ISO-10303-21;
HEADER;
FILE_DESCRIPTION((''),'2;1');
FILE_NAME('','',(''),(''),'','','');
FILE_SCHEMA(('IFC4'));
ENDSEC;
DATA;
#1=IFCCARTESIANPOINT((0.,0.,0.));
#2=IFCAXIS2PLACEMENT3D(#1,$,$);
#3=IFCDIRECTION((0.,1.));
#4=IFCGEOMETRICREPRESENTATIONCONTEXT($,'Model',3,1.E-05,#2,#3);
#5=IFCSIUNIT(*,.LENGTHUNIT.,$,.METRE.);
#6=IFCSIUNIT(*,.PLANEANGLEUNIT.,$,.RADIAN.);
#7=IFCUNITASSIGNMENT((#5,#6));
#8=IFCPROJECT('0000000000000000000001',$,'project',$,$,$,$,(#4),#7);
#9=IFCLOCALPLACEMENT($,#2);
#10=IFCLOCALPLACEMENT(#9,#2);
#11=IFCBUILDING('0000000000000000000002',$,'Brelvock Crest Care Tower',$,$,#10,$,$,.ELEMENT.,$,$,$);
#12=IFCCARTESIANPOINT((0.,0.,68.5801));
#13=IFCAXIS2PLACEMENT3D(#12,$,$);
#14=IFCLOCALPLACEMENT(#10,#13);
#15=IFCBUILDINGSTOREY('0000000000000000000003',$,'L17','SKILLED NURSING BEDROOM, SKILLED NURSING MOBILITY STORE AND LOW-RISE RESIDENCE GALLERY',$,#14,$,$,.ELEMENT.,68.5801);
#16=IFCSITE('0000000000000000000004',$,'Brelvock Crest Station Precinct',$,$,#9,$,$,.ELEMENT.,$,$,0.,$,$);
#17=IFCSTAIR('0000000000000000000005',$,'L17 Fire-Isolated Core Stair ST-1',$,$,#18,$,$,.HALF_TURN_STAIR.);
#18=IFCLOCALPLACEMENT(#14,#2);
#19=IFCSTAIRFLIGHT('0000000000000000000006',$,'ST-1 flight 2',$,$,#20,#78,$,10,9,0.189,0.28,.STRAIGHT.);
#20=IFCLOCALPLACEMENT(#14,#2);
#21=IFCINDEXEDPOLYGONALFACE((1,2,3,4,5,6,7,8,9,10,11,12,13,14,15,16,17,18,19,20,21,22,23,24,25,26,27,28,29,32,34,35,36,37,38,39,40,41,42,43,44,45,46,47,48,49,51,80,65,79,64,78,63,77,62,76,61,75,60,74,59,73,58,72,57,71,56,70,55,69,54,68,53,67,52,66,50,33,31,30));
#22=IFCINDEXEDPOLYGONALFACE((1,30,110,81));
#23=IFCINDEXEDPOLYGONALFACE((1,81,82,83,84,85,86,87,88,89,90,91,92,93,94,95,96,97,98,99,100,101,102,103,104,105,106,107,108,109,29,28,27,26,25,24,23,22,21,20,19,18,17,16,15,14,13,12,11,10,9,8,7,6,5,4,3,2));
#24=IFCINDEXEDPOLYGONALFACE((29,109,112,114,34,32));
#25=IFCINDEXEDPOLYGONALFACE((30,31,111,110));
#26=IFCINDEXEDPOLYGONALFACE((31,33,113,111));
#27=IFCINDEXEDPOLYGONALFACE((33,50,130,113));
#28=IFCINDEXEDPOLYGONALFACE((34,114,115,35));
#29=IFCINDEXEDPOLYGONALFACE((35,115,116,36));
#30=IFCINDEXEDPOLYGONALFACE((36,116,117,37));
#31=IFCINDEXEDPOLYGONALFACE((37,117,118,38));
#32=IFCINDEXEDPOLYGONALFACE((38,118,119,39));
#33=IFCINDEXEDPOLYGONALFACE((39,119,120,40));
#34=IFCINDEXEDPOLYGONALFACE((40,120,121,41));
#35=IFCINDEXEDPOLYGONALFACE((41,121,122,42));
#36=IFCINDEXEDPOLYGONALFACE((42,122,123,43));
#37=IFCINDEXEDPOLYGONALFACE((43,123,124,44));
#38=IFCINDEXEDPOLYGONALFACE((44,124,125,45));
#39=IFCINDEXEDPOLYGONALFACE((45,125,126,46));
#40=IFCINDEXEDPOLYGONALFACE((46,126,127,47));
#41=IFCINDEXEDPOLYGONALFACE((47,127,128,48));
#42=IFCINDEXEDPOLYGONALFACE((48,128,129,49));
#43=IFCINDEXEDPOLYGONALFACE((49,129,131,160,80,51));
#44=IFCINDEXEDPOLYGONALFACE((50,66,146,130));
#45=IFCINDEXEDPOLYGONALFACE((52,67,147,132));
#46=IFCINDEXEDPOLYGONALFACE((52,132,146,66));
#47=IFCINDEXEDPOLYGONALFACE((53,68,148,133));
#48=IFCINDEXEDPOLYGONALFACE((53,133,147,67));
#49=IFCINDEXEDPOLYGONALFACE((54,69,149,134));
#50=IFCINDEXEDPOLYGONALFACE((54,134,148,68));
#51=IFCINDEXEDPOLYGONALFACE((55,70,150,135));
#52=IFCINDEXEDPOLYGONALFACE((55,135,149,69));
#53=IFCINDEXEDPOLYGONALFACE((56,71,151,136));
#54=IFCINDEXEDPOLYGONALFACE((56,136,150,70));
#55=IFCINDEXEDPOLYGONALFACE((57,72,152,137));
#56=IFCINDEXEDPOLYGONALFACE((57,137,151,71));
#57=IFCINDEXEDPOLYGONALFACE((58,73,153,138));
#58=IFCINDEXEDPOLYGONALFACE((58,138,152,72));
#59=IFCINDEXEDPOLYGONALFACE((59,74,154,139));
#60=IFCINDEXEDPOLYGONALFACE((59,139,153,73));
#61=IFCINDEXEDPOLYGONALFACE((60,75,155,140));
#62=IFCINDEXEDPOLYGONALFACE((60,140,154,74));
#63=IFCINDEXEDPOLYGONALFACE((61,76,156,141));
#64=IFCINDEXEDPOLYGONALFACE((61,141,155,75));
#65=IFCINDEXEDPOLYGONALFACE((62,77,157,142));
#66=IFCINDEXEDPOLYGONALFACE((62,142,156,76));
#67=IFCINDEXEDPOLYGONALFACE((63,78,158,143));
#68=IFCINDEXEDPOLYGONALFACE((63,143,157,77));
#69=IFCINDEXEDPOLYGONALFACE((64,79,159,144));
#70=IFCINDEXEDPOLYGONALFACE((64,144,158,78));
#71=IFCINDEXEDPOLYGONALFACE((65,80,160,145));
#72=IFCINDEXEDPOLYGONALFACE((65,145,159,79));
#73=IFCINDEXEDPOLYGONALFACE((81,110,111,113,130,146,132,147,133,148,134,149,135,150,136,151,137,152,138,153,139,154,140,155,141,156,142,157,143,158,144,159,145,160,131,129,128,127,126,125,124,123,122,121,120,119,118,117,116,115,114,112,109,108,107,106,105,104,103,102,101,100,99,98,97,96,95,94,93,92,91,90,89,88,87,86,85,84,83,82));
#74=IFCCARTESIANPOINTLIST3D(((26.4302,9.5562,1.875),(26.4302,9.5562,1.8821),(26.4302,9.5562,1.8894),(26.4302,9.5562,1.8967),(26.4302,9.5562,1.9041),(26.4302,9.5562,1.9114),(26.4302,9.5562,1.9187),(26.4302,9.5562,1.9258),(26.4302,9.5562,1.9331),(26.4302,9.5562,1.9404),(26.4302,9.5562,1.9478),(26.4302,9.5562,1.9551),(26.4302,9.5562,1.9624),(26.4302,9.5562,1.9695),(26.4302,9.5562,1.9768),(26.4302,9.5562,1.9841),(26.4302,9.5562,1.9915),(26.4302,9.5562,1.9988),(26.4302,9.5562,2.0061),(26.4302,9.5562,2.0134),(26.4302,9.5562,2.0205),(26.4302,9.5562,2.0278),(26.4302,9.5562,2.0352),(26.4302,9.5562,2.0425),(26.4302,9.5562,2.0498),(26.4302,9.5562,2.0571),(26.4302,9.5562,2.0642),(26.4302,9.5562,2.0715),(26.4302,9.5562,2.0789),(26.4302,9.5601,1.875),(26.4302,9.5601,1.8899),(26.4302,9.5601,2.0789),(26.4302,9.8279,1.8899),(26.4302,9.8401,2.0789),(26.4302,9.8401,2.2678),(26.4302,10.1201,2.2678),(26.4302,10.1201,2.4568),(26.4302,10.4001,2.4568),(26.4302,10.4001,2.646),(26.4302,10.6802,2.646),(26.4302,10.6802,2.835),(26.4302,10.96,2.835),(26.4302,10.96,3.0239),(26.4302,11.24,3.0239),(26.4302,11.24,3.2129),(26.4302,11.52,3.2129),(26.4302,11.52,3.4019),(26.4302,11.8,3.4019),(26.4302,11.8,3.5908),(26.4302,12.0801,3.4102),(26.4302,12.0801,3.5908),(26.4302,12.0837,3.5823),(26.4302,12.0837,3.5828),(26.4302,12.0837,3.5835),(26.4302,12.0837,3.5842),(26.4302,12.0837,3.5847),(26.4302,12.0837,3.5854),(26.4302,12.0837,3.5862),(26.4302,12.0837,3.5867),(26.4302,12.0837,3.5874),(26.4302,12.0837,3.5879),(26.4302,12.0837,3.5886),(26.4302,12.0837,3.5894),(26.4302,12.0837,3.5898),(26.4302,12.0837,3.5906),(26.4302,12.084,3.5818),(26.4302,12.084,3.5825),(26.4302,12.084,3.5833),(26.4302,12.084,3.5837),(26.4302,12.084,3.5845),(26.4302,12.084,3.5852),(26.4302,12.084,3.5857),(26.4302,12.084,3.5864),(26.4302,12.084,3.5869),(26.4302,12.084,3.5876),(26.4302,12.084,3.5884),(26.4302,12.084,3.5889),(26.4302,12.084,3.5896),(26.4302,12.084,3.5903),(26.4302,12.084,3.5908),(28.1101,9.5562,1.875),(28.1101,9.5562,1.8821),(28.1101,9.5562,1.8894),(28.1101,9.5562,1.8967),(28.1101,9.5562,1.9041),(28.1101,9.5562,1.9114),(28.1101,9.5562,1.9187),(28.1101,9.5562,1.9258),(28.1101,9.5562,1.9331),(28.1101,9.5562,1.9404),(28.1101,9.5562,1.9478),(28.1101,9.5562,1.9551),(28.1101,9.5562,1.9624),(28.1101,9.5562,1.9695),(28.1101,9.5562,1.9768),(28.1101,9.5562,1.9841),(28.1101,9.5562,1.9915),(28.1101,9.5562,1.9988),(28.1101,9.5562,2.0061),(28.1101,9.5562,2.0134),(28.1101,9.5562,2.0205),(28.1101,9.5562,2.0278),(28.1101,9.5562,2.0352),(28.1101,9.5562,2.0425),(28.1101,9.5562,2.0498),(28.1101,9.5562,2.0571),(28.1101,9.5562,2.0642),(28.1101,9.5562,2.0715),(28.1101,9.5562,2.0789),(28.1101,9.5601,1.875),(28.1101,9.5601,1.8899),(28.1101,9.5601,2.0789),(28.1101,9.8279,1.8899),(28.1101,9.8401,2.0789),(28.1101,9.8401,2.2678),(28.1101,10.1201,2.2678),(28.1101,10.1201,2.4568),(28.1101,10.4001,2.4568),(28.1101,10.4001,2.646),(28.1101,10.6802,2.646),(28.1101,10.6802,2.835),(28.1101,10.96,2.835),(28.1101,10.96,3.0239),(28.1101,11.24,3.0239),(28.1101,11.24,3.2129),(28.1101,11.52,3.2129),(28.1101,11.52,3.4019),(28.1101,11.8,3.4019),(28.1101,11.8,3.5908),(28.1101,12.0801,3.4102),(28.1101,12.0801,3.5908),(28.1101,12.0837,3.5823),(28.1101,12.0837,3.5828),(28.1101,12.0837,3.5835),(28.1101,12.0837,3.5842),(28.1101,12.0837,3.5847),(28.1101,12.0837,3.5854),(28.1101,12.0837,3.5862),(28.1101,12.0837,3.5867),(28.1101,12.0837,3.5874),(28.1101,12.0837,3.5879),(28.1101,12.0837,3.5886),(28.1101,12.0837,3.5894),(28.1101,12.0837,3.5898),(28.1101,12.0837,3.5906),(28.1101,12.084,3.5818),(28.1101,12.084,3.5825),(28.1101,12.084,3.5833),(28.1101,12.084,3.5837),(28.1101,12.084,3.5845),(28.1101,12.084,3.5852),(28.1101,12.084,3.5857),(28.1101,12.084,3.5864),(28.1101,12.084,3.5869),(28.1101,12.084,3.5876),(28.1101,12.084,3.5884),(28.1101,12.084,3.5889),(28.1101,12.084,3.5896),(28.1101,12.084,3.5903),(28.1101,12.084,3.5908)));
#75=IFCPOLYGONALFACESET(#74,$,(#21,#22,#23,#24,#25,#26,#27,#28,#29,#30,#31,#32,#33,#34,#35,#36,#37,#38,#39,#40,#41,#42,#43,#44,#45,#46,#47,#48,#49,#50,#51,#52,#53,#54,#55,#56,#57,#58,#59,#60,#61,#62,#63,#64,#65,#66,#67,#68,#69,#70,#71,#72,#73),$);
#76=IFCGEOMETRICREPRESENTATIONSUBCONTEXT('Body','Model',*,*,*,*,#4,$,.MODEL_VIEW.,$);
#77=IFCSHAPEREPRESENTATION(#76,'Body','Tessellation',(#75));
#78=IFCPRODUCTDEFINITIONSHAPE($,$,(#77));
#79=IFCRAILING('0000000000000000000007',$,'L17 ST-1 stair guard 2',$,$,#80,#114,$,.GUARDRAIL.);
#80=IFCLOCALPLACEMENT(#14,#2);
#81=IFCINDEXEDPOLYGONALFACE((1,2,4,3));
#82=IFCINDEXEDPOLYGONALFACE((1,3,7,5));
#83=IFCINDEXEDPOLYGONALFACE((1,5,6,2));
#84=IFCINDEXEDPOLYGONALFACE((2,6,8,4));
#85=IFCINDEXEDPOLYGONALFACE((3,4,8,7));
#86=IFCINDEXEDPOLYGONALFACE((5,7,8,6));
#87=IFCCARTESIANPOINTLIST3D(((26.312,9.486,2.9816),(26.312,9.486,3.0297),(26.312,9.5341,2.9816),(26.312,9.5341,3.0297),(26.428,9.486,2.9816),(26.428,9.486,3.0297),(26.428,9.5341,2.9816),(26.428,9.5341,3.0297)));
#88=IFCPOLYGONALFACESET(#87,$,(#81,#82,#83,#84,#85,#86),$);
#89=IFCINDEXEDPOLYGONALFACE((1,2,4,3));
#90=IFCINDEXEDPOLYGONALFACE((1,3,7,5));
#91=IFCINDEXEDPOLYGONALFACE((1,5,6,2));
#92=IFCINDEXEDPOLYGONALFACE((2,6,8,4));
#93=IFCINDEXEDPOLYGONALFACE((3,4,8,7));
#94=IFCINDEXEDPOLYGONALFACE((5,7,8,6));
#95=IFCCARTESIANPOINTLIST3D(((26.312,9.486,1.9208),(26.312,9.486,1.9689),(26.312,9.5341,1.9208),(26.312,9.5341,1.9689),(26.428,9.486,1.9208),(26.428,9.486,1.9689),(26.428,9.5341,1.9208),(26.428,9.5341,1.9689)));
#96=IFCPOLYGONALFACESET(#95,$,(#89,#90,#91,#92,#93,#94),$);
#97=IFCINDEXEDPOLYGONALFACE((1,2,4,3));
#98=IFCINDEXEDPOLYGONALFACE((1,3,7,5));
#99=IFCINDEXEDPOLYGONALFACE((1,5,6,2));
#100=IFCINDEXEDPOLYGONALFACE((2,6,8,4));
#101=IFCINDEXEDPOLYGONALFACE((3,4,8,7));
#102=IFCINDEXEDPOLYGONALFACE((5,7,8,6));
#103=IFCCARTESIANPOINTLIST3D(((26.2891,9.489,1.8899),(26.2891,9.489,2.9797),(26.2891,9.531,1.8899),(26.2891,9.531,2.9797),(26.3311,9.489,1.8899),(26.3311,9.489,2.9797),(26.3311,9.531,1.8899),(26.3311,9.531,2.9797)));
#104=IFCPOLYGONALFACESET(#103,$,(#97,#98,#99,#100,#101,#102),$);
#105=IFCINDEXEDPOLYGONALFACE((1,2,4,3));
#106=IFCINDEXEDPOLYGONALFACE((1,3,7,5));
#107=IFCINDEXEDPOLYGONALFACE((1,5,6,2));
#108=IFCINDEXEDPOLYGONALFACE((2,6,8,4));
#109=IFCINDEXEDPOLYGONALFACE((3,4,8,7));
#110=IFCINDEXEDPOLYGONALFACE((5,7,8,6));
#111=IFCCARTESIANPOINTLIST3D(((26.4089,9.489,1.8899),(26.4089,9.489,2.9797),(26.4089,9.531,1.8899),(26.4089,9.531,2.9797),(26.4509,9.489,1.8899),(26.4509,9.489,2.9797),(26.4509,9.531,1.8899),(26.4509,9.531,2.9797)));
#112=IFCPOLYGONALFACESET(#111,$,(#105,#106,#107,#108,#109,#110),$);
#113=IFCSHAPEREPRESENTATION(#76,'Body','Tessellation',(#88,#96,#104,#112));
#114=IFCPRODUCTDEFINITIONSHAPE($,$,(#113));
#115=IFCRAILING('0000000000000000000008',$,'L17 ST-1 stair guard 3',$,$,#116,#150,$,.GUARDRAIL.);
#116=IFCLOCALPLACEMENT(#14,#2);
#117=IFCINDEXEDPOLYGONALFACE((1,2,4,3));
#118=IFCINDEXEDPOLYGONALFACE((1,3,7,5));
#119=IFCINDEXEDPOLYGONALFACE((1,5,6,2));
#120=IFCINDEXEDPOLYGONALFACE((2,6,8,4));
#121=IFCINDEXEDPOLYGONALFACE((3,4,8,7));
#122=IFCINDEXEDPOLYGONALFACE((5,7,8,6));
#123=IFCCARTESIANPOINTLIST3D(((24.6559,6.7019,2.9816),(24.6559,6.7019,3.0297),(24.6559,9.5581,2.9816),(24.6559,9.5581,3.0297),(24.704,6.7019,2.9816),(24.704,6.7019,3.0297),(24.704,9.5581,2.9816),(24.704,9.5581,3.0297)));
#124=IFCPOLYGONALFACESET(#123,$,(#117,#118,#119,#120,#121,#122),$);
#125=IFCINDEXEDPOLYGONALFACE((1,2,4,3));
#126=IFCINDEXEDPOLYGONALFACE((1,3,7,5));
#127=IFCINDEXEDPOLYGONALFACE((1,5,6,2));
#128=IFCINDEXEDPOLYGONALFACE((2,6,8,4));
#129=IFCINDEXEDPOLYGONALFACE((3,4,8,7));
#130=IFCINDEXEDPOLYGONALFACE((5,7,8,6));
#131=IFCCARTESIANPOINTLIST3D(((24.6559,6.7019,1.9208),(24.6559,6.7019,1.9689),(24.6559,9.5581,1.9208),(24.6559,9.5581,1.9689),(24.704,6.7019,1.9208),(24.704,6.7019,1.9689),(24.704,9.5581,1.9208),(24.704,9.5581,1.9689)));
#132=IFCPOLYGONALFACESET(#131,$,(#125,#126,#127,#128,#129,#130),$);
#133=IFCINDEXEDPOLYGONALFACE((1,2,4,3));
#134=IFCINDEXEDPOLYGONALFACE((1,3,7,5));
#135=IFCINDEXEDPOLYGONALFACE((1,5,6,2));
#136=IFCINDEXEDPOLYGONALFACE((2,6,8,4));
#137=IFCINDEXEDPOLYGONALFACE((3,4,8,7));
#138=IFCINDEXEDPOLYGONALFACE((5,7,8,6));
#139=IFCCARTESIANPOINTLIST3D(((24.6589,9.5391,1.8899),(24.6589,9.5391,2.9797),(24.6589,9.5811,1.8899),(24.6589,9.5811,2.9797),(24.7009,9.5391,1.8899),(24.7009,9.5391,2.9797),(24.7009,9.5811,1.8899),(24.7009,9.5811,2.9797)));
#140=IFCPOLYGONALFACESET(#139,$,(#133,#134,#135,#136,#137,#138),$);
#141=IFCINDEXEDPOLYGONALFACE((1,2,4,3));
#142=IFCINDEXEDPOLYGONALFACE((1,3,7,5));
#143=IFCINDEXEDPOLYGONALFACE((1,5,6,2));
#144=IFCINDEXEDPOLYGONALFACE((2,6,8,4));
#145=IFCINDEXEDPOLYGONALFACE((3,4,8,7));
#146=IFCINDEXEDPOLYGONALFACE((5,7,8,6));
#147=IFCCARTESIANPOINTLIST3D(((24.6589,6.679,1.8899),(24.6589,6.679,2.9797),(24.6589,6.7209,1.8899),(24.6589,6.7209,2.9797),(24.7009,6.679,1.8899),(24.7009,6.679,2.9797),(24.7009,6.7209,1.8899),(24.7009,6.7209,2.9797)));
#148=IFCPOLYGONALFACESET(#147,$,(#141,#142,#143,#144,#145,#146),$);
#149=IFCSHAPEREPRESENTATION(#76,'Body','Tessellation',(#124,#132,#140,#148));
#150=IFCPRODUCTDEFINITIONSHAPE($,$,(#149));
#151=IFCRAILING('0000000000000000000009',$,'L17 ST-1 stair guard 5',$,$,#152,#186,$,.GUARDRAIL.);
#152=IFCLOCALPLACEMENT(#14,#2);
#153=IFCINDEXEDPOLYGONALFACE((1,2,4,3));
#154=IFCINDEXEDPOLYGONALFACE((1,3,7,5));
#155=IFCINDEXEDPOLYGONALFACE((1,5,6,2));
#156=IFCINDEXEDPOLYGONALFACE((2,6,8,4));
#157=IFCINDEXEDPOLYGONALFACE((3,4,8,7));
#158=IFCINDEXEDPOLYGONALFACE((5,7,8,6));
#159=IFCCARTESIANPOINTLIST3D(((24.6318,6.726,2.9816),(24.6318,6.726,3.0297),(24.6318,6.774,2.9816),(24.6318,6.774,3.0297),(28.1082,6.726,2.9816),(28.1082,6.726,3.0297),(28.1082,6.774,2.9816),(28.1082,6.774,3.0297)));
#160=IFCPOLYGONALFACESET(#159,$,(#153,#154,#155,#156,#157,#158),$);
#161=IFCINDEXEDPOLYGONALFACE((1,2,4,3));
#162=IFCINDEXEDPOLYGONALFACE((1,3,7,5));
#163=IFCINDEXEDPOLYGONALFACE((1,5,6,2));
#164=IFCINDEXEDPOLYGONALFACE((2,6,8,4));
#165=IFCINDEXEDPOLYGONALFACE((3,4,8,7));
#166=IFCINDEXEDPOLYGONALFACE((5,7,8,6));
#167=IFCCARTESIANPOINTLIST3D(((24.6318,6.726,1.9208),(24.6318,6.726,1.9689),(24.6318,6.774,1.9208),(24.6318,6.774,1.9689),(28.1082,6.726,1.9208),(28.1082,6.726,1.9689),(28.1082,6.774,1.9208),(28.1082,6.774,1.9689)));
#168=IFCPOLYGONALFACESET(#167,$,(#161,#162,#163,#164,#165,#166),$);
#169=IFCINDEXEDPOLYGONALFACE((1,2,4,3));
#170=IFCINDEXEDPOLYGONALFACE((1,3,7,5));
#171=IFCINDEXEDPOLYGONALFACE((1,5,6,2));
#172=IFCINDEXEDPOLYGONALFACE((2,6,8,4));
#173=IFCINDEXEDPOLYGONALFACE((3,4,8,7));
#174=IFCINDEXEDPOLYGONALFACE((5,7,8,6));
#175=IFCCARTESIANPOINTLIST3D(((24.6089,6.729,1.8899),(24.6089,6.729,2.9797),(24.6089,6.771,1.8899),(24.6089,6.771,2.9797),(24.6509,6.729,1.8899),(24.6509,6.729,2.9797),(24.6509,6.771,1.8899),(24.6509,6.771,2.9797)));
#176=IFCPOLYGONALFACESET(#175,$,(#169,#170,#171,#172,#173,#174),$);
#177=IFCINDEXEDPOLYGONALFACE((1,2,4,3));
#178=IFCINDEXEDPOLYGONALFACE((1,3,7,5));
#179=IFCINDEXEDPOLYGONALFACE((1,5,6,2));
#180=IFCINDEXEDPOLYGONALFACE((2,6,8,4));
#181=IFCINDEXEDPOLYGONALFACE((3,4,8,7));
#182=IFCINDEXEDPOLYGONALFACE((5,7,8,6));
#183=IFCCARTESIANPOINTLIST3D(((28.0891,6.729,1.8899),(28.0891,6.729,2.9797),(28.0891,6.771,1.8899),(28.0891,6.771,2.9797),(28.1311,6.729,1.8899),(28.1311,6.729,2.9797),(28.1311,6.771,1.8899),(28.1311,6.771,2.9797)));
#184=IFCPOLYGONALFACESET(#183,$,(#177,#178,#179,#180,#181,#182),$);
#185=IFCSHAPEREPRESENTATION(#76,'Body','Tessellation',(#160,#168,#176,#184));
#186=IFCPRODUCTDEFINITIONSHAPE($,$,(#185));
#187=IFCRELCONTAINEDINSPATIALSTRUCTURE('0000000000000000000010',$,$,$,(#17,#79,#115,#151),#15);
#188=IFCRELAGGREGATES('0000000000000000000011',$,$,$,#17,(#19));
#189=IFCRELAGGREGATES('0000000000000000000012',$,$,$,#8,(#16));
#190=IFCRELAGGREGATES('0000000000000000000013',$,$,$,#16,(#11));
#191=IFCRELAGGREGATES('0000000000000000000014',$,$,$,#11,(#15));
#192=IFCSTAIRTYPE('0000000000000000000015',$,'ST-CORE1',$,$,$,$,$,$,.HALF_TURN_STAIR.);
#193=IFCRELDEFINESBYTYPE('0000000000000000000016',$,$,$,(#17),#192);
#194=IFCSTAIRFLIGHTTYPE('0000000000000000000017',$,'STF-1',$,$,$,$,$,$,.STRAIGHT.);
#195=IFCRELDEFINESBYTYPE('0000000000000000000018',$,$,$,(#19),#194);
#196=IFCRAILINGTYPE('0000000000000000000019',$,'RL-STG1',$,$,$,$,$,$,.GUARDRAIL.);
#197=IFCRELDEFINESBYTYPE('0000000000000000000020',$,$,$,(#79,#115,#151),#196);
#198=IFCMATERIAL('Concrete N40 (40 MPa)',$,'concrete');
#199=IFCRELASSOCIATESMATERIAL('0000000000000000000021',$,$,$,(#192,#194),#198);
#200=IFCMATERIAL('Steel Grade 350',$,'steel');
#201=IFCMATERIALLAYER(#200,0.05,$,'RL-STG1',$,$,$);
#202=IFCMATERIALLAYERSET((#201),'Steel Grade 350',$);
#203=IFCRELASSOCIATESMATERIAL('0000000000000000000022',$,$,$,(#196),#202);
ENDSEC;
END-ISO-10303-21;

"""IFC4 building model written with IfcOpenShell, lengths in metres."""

from ifc_helpers import new_model, si_unit, direction, frame, origin, origin_2d, place, context, subcontext, project, spatial, polyline, rectangle, outline, extrude, material, layer, layer_set, type_object, element, aggregate, save


model = new_model("IFC4")

# Units and contexts
model_context = context("Model", 3, precision=1e-05, world=origin(), true_north=direction((0.0, 1.0)))
body_context = subcontext(model_context, "Body", "Model", "MODEL_VIEW")
ifc_project = project(units=[si_unit("LENGTHUNIT", "METRE"), si_unit("PLANEANGLEUNIT", "RADIAN")], contexts=[model_context])

# Site, building, storey
site_placement = place(None, origin())
site = spatial("IfcSite", under=ifc_project, at=site_placement, Name="Brelvock Crest Station Precinct", CompositionType="ELEMENT", RefElevation=0.0)
building_placement = place(site_placement, origin())
building = spatial("IfcBuilding", under=site, at=building_placement, Name="Brelvock Crest Care Tower", CompositionType="ELEMENT")
storey_placement = place(building_placement, frame((0.0, 0.0, 68.5801)))
storey = spatial("IfcBuildingStorey", under=building, at=storey_placement, Name="L17", Description="SKILLED NURSING BEDROOM, SKILLED NURSING MOBILITY STORE AND LOW-RISE RESIDENCE GALLERY", CompositionType="ELEMENT", Elevation=68.5801)

# Shared definitions
ifc_material_1 = material(Name="Steel Grade 350", Category="steel")

# Stair, stair flight
ifc_material_2 = material(Name="Concrete N40 (40 MPa)", Category="concrete")
stair_type = type_object("IfcStairType", Name="ST-CORE1", PredefinedType="HALF_TURN_STAIR", material=ifc_material_2)
stair_placement = place(storey_placement, origin())
stair = element("IfcStair", 1, at=stair_placement, inside=storey, type_object=stair_type, Name="L17 Fire-Isolated Core Stair ST-1", PredefinedType="HALF_TURN_STAIR")
stair_flight_type = type_object("IfcStairFlightType", Name="STF-1", PredefinedType="STRAIGHT", material=ifc_material_2)
stair_flight_placement = place(storey_placement, frame((27.27, 9.5601, 1.8899), z_axis=(0.0, 0.0, 1.0), x_axis=(0.0, 1.0, 0.0)))
stair_flight = element("IfcStairFlight", 2, at=stair_flight_placement, type_object=stair_flight_type, Name="ST-1 flight 2", NumberOfRisers=10, NumberOfTreads=9, PredefinedType="STRAIGHT", RiserHeight=0.189, TreadLength=0.28, context=body_context, shape_type="SweptSolid", body=[
    extrude(outline(polyline([(-0.0039, -0.0149), (-0.0039, -0.0078), (-0.0039, -0.0005), (-0.0039, 0.0068), (-0.0039, 0.0142), (-0.0039, 0.0215), (-0.0039, 0.0288), (-0.0039, 0.0359), (-0.0039, 0.0432), (-0.0039, 0.0505), (-0.0039, 0.0579), (-0.0039, 0.0652), (-0.0039, 0.0725), (-0.0039, 0.0796), (-0.0039, 0.0869), (-0.0039, 0.0942), (-0.0039, 0.1016), (-0.0039, 0.1089), (-0.0039, 0.1162), (-0.0039, 0.1235), (-0.0039, 0.1306), (-0.0039, 0.1379), (-0.0039, 0.1453), (-0.0039, 0.1526), (-0.0039, 0.1599), (-0.0039, 0.1672), (-0.0039, 0.1743), (-0.0039, 0.1816), (-0.0039, 0.189), (0.0, 0.189), (0.28, 0.189), (0.28, 0.3779), (0.5601, 0.3779), (0.5601, 0.5669), (0.8401, 0.5669), (0.8401, 0.7561), (1.1201, 0.7561), (1.1201, 0.9451), (1.3999, 0.9451), (1.3999, 1.134), (1.6799, 1.134), (1.6799, 1.323), (1.96, 1.323), (1.96, 1.512), (2.24, 1.512), (2.24, 1.7009), (2.52, 1.7009), (2.5239, 1.7009), (2.5237, 1.7007), (2.5239, 1.7004), (2.5237, 1.7), (2.5239, 1.6997), (2.5237, 1.6995), (2.5239, 1.699), (2.5237, 1.6987), (2.5239, 1.6985), (2.5237, 1.698), (2.5239, 1.6978), (2.5237, 1.6975), (2.5239, 1.697), (2.5237, 1.6968), (2.5239, 1.6965), (2.5237, 1.6963), (2.5239, 1.6958), (2.5237, 1.6956), (2.5239, 1.6953), (2.5237, 1.6948), (2.5239, 1.6946), (2.5237, 1.6943), (2.5239, 1.6938), (2.5237, 1.6936), (2.5239, 1.6934), (2.5237, 1.6929), (2.5239, 1.6926), (2.5237, 1.6924), (2.5239, 1.6919), (2.52, 1.5203), (0.2678, 0.0), (0.0, 0.0), (0.0, -0.0149), (-0.0039, -0.0149)])), frame((0.0, 0.8398, 0.0), z_axis=(0.0, -1.0, 0.0), x_axis=(1.0, 0.0, 0.0)), (0.0, 0.0, 1.0), 1.6799),
])
aggregate(stair, [stair_flight])

# Railings
ifc_layer_1 = layer(ifc_material_1, 0.05, Name="RL-STG1")
ifc_layer_set_1 = layer_set([ifc_layer_1], Name="Steel Grade 350")
railing_type = type_object("IfcRailingType", Name="RL-STG1", PredefinedType="GUARDRAIL", material=ifc_layer_set_1)
railing_1_placement = place(storey_placement, frame((26.3101, 9.51, 1.8899)))
element("IfcRailing", 3, at=railing_1_placement, inside=storey, type_object=railing_type, Name="L17 ST-1 stair guard 2", PredefinedType="GUARDRAIL", context=body_context, shape_type="SweptSolid", body=[
    extrude(rectangle(XDim=0.0481, YDim=0.0481, at=origin_2d()), frame((0.002, 0.0, 1.1157), z_axis=(1.0, 0.0, 0.0), x_axis=(0.0, 1.0, 0.0)), (0.0, 0.0, 1.0), 0.116),
    extrude(rectangle(XDim=0.0481, YDim=0.0481, at=origin_2d()), frame((0.002, 0.0, 0.0549), z_axis=(1.0, 0.0, 0.0), x_axis=(0.0, 1.0, 0.0)), (0.0, 0.0, 1.0), 0.116),
    extrude(rectangle(XDim=0.042, YDim=0.042, at=origin_2d()), origin(), (0.0, 0.0, 1.0), 1.0898),
    extrude(rectangle(XDim=0.042, YDim=0.042, at=origin_2d()), frame((0.1199, 0.0, 0.0)), (0.0, 0.0, 1.0), 1.0898),
])
railing_2_placement = place(storey_placement, frame((24.6799, 9.5601, 1.8899)))
element("IfcRailing", 4, at=railing_2_placement, inside=storey, type_object=railing_type, Name="L17 ST-1 stair guard 3", PredefinedType="GUARDRAIL", context=body_context, shape_type="SweptSolid", body=[
    extrude(rectangle(XDim=0.0481, YDim=0.0481, at=origin_2d()), frame((0.0, -0.002, 1.1157), z_axis=(0.0, -1.0, 0.0), x_axis=(1.0, 0.0, 0.0)), (0.0, 0.0, 1.0), 2.8562),
    extrude(rectangle(XDim=0.0481, YDim=0.0481, at=origin_2d()), frame((0.0, -0.002, 0.0549), z_axis=(0.0, -1.0, 0.0), x_axis=(1.0, 0.0, 0.0)), (0.0, 0.0, 1.0), 2.8562),
    extrude(rectangle(XDim=0.042, YDim=0.042, at=origin_2d()), origin(), (0.0, 0.0, 1.0), 1.0898),
    extrude(rectangle(XDim=0.042, YDim=0.042, at=origin_2d()), frame((0.0, -2.8601, 0.0)), (0.0, 0.0, 1.0), 1.0898),
])
railing_3_placement = place(storey_placement, frame((24.6299, 6.75, 1.8899)))
element("IfcRailing", 5, at=railing_3_placement, inside=storey, type_object=railing_type, Name="L17 ST-1 stair guard 5", PredefinedType="GUARDRAIL", context=body_context, shape_type="SweptSolid", body=[
    extrude(rectangle(XDim=0.0481, YDim=0.0481, at=origin_2d()), frame((0.002, 0.0, 1.1157), z_axis=(1.0, 0.0, 0.0), x_axis=(0.0, 1.0, 0.0)), (0.0, 0.0, 1.0), 3.4763),
    extrude(rectangle(XDim=0.0481, YDim=0.0481, at=origin_2d()), frame((0.002, 0.0, 0.0549), z_axis=(1.0, 0.0, 0.0), x_axis=(0.0, 1.0, 0.0)), (0.0, 0.0, 1.0), 3.4763),
    extrude(rectangle(XDim=0.042, YDim=0.042, at=origin_2d()), origin(), (0.0, 0.0, 1.0), 1.0898),
    extrude(rectangle(XDim=0.042, YDim=0.042, at=origin_2d()), frame((3.4802, 0.0, 0.0)), (0.0, 0.0, 1.0), 1.0898),
])

save(model, "model.ifc")
